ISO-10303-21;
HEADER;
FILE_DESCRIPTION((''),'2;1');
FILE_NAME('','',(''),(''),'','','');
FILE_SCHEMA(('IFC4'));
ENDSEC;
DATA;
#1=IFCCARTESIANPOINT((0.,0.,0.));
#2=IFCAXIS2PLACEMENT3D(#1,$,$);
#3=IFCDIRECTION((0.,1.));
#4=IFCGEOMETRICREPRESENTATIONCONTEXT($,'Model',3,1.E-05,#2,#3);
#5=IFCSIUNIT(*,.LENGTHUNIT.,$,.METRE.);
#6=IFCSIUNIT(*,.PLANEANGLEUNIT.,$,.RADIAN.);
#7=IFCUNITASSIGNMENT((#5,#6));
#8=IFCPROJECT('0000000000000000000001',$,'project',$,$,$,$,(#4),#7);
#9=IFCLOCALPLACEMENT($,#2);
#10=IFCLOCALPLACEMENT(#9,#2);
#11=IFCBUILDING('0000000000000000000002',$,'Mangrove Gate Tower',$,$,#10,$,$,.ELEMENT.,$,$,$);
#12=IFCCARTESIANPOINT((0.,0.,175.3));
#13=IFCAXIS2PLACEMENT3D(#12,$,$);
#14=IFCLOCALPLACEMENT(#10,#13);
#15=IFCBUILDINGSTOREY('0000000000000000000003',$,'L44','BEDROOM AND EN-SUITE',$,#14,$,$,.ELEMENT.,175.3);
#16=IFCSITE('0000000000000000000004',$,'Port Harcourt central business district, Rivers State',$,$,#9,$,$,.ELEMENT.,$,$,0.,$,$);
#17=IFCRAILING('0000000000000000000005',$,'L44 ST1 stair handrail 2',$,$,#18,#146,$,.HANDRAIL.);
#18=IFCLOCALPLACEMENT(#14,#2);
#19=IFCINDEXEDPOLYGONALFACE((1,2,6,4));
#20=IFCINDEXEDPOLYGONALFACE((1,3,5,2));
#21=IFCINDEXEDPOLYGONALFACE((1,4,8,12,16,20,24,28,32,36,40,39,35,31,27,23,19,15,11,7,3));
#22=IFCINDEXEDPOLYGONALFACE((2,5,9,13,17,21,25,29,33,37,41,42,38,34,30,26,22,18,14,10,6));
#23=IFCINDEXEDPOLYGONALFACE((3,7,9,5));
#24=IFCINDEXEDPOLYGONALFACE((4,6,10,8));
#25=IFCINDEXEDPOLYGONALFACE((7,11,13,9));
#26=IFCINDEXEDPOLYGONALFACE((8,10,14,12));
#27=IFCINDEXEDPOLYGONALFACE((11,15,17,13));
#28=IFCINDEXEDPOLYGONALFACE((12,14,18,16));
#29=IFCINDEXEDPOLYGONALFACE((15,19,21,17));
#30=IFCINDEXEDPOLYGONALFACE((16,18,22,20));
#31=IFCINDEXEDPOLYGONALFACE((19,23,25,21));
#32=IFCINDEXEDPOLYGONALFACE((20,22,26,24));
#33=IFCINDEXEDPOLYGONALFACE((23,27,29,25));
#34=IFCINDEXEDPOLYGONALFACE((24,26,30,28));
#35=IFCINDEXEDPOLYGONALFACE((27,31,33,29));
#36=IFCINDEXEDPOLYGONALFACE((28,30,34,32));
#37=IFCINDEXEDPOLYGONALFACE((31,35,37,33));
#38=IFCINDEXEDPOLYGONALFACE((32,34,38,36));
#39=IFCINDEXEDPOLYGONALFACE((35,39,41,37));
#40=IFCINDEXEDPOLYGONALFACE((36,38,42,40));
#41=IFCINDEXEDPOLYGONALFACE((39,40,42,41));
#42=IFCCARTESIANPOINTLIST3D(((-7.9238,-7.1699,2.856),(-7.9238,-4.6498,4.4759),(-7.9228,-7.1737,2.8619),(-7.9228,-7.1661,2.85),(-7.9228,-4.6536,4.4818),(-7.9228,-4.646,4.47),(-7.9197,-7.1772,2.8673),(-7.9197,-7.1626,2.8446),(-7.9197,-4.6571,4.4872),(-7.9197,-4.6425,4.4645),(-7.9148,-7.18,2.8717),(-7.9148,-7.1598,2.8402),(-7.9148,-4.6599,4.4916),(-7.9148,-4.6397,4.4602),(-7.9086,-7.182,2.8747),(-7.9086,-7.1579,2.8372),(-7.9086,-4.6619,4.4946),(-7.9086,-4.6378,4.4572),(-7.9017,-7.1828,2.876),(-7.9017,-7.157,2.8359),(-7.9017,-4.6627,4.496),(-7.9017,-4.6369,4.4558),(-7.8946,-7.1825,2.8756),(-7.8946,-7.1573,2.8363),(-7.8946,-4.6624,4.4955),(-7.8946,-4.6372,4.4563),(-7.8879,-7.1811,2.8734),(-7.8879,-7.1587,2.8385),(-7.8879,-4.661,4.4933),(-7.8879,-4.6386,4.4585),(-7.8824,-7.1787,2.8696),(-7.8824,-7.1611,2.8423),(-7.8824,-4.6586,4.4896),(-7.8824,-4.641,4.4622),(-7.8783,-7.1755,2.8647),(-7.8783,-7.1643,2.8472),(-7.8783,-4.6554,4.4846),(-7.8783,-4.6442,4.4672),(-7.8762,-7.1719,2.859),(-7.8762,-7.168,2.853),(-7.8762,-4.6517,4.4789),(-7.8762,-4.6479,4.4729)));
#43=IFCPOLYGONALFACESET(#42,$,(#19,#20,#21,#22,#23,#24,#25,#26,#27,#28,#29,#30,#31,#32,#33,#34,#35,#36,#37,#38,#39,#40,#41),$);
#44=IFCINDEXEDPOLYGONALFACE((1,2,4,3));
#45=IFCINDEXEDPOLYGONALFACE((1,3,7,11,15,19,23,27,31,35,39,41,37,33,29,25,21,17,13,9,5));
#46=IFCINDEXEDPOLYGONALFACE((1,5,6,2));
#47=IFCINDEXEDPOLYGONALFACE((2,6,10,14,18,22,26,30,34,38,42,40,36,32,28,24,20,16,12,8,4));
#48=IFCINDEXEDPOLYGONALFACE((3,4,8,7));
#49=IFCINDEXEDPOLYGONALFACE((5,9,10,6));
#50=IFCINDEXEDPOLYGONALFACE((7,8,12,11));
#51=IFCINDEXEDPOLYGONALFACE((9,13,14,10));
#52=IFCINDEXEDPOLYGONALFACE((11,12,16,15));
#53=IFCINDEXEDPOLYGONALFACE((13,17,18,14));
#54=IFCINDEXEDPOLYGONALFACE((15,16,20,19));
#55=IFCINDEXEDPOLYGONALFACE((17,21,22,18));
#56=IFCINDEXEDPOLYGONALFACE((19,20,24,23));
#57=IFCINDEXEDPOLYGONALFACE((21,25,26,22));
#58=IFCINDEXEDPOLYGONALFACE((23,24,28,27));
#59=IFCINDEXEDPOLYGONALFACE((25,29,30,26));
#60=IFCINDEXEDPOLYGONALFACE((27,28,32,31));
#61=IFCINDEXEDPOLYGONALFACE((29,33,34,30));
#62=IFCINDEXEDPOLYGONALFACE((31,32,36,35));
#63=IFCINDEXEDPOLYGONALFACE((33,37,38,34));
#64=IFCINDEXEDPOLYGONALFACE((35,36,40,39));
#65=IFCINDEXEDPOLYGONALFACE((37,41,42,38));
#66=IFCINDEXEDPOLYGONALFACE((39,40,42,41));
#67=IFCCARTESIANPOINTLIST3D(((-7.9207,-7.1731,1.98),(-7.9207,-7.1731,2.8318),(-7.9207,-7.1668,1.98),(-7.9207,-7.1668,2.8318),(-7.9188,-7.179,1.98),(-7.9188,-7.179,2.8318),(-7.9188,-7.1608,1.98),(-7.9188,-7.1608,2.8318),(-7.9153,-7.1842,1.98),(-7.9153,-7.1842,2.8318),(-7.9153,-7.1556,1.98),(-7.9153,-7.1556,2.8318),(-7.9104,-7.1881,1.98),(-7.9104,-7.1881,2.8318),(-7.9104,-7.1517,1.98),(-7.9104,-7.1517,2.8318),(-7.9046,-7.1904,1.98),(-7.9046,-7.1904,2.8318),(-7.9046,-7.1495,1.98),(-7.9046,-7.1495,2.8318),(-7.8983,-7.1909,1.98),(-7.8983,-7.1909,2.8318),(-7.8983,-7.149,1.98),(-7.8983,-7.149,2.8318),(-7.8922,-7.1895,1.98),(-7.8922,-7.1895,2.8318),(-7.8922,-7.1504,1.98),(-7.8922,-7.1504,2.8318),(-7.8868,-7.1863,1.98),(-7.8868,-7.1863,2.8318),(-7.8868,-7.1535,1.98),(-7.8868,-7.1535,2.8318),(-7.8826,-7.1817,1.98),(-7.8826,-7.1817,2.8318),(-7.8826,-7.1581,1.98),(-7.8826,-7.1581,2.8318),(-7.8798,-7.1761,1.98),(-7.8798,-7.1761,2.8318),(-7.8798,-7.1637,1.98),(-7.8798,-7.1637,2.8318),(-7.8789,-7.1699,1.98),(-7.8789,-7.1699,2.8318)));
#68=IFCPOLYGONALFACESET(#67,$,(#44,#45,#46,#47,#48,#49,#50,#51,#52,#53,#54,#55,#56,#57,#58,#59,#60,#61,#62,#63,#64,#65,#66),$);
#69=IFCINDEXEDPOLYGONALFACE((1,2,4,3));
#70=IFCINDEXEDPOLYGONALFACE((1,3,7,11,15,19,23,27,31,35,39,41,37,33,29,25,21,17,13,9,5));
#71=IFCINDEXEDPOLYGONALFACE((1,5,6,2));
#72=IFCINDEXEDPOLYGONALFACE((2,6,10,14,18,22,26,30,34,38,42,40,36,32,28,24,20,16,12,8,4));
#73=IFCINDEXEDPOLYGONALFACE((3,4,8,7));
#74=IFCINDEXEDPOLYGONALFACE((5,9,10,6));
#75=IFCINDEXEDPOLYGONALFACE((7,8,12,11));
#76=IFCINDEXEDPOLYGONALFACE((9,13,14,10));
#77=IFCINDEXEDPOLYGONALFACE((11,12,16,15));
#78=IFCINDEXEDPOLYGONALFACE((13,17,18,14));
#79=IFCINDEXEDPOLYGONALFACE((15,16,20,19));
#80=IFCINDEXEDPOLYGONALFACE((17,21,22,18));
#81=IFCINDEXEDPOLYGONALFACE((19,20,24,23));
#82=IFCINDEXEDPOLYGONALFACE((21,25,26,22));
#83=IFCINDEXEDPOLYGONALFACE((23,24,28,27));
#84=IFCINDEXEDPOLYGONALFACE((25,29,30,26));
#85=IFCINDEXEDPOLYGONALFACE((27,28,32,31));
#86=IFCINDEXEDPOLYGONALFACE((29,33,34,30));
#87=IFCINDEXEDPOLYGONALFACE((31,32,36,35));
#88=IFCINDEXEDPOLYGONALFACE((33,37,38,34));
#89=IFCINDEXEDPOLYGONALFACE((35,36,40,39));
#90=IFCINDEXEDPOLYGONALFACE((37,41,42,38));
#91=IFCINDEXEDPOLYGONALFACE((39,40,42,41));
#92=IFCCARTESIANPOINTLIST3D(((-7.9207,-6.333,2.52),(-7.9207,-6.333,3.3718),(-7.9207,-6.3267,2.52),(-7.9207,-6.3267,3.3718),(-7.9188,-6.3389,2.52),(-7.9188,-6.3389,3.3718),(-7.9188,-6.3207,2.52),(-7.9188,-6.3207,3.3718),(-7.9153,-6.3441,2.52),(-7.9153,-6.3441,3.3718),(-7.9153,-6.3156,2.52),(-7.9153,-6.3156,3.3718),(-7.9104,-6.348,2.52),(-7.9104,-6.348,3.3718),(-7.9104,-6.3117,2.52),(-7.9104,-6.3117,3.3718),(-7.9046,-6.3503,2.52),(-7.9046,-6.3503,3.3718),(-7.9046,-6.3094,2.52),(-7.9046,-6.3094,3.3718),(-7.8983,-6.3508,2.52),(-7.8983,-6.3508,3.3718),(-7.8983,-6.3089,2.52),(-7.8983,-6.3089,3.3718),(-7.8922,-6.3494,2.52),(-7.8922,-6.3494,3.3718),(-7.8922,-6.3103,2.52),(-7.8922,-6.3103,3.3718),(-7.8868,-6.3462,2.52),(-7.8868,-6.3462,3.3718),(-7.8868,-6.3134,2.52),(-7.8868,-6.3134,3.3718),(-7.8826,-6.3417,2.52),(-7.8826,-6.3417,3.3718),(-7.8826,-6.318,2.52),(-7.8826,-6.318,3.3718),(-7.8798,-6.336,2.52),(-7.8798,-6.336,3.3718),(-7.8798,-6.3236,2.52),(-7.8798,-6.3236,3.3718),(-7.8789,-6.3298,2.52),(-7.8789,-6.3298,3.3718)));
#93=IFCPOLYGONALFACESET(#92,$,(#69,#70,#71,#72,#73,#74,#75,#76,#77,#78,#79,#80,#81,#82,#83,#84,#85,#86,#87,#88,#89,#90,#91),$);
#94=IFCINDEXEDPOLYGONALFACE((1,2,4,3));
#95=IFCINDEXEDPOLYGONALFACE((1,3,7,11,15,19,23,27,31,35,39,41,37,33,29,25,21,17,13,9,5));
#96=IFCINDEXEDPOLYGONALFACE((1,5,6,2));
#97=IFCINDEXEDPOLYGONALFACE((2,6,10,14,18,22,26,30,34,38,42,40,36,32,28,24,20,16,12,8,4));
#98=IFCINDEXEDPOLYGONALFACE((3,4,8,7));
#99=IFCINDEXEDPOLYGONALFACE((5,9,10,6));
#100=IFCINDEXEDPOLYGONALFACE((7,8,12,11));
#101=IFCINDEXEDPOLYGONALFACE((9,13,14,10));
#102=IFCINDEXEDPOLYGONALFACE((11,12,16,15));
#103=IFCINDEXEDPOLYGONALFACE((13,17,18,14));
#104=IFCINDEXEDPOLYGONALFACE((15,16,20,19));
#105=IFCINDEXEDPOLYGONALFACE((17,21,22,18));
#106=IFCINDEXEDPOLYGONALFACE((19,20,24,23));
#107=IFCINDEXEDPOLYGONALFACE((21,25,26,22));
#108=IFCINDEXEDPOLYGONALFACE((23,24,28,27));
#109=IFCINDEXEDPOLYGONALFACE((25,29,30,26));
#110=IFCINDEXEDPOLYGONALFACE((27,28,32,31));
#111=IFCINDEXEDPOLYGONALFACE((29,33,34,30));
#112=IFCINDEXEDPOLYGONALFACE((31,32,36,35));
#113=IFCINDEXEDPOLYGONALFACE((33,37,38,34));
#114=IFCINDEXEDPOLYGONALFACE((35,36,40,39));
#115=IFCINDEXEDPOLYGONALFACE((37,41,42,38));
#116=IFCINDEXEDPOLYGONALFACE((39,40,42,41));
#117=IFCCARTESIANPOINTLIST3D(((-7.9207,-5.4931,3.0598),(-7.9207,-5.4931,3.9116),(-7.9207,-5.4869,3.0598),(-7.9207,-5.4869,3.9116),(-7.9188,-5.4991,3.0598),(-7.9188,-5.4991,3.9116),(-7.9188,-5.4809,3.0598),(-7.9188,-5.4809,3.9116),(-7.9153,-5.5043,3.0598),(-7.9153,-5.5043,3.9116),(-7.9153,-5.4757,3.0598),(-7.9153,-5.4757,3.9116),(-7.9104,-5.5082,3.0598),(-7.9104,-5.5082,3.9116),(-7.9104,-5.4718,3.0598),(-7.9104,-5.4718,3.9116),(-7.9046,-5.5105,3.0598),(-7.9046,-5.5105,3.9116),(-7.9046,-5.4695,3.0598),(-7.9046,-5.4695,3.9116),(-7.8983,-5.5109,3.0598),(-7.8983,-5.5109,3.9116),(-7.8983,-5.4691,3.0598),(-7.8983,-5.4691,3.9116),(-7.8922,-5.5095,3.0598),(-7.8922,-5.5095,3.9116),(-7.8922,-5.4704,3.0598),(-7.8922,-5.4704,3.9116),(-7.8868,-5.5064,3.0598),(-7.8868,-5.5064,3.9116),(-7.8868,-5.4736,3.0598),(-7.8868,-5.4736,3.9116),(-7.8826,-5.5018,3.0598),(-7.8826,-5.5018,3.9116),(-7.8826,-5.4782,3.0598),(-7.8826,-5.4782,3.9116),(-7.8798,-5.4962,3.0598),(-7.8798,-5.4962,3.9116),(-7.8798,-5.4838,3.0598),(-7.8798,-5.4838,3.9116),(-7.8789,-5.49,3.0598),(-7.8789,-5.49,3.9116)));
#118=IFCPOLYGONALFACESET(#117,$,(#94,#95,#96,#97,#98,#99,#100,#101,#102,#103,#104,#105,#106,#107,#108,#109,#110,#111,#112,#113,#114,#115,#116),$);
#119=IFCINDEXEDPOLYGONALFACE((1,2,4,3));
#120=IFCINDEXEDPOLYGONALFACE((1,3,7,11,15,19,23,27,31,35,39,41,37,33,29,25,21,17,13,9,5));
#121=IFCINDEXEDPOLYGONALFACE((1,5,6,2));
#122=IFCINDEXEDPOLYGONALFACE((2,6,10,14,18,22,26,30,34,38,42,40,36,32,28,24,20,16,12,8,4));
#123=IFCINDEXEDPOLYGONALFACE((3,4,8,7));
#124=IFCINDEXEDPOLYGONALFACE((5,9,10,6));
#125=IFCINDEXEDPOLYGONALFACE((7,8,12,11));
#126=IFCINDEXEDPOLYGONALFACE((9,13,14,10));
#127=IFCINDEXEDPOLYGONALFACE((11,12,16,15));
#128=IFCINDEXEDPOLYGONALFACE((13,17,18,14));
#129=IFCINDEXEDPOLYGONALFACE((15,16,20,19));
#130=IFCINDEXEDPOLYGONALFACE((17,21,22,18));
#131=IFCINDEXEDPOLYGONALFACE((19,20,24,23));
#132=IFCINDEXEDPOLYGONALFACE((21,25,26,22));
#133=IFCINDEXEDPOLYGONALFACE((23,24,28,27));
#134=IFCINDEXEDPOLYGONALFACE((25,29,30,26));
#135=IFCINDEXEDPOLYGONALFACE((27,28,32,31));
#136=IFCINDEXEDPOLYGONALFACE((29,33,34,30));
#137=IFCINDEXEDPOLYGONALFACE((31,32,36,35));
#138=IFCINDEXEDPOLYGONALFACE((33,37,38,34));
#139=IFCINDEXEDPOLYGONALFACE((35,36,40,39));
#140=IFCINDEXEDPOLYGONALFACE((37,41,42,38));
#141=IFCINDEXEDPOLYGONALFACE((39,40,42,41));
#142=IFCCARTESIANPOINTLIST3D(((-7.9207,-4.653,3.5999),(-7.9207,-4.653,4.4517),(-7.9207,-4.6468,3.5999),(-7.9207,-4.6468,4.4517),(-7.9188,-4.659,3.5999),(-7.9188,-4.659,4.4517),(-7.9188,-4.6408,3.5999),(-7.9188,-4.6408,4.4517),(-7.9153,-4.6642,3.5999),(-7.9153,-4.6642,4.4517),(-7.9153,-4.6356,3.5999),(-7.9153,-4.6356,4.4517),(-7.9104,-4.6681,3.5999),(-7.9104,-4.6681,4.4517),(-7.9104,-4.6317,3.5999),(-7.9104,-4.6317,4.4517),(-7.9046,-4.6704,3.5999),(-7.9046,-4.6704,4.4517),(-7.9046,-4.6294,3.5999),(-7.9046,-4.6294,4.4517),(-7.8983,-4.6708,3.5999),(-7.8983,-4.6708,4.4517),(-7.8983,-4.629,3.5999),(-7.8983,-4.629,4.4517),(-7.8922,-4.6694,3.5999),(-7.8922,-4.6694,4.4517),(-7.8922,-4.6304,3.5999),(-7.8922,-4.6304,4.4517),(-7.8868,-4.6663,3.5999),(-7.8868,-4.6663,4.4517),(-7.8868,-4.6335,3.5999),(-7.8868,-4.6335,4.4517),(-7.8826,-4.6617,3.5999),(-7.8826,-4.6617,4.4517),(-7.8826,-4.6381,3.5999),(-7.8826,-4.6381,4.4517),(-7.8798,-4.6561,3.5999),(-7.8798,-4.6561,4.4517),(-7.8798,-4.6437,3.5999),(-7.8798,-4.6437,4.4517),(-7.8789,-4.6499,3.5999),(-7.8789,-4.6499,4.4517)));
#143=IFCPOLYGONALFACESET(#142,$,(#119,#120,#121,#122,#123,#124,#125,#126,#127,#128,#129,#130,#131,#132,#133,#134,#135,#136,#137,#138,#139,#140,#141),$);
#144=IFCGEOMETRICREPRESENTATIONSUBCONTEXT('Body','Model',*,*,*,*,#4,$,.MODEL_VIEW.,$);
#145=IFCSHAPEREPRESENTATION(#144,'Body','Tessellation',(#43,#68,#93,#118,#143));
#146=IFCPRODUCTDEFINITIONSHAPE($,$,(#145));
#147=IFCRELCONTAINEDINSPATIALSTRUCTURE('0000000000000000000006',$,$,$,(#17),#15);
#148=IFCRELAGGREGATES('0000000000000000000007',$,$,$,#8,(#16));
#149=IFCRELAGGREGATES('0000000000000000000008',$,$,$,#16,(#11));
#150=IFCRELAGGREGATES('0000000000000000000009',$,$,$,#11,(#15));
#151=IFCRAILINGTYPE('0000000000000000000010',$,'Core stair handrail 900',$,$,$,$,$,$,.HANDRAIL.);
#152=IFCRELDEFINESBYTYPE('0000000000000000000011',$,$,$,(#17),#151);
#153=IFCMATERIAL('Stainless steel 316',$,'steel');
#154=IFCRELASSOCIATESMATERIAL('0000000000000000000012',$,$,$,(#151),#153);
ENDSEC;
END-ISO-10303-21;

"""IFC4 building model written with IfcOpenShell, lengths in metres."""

from ifc_helpers import new_model, si_unit, direction, frame, origin, origin_2d, place, context, subcontext, project, spatial, circle, extrude, material, type_object, element, save


model = new_model("IFC4")

# Units and contexts
model_context = context("Model", 3, precision=1e-05, world=origin(), true_north=direction((0.0, 1.0)))
body_context = subcontext(model_context, "Body", "Model", "MODEL_VIEW")
ifc_project = project(units=[si_unit("LENGTHUNIT", "METRE"), si_unit("PLANEANGLEUNIT", "RADIAN")], contexts=[model_context])

# Site, building, storey
site_placement = place(None, origin())
site = spatial("IfcSite", under=ifc_project, at=site_placement, Name="Port Harcourt central business district, Rivers State", CompositionType="ELEMENT", RefElevation=0.0)
building_placement = place(site_placement, origin())
building = spatial("IfcBuilding", under=site, at=building_placement, Name="Mangrove Gate Tower", CompositionType="ELEMENT")
storey_placement = place(building_placement, frame((0.0, 0.0, 175.3)))
storey = spatial("IfcBuildingStorey", under=building, at=storey_placement, Name="L44", Description="BEDROOM AND EN-SUITE", CompositionType="ELEMENT", Elevation=175.3)

# Railing
ifc_material_1 = material(Name="Stainless steel 316", Category="steel")
railing_type_1 = type_object("IfcRailingType", Name="Core stair handrail 900", PredefinedType="HANDRAIL", material=ifc_material_1)
railing_1_placement = place(storey_placement, frame((-7.8999, -7.1699, 1.98)))
element("IfcRailing", 1, at=railing_1_placement, inside=storey, type_object=railing_type_1, Name="L44 ST1 stair handrail 2", PredefinedType="HANDRAIL", context=body_context, shape_type="SweptSolid", body=[
    extrude(circle(Radius=0.0239, at=origin_2d()), frame((0.0, 0.0, 0.876), z_axis=(0.0, 0.8412, 0.540725), x_axis=(-1.0, 0.0, 0.0)), (0.0, 0.0, 1.0), 2.9958),
    extrude(circle(Radius=0.021, at=origin_2d()), origin(), (0.0, 0.0, 1.0), 0.8518),
    extrude(circle(Radius=0.021, at=origin_2d()), frame((0.0, 0.8401, 0.54)), (0.0, 0.0, 1.0), 0.8518),
    extrude(circle(Radius=0.021, at=origin_2d()), frame((0.0, 1.6799, 1.0798)), (0.0, 0.0, 1.0), 0.8518),
    extrude(circle(Radius=0.021, at=origin_2d()), frame((0.0, 2.52, 1.6199)), (0.0, 0.0, 1.0), 0.8518),
])

save(model, "model.ifc")
